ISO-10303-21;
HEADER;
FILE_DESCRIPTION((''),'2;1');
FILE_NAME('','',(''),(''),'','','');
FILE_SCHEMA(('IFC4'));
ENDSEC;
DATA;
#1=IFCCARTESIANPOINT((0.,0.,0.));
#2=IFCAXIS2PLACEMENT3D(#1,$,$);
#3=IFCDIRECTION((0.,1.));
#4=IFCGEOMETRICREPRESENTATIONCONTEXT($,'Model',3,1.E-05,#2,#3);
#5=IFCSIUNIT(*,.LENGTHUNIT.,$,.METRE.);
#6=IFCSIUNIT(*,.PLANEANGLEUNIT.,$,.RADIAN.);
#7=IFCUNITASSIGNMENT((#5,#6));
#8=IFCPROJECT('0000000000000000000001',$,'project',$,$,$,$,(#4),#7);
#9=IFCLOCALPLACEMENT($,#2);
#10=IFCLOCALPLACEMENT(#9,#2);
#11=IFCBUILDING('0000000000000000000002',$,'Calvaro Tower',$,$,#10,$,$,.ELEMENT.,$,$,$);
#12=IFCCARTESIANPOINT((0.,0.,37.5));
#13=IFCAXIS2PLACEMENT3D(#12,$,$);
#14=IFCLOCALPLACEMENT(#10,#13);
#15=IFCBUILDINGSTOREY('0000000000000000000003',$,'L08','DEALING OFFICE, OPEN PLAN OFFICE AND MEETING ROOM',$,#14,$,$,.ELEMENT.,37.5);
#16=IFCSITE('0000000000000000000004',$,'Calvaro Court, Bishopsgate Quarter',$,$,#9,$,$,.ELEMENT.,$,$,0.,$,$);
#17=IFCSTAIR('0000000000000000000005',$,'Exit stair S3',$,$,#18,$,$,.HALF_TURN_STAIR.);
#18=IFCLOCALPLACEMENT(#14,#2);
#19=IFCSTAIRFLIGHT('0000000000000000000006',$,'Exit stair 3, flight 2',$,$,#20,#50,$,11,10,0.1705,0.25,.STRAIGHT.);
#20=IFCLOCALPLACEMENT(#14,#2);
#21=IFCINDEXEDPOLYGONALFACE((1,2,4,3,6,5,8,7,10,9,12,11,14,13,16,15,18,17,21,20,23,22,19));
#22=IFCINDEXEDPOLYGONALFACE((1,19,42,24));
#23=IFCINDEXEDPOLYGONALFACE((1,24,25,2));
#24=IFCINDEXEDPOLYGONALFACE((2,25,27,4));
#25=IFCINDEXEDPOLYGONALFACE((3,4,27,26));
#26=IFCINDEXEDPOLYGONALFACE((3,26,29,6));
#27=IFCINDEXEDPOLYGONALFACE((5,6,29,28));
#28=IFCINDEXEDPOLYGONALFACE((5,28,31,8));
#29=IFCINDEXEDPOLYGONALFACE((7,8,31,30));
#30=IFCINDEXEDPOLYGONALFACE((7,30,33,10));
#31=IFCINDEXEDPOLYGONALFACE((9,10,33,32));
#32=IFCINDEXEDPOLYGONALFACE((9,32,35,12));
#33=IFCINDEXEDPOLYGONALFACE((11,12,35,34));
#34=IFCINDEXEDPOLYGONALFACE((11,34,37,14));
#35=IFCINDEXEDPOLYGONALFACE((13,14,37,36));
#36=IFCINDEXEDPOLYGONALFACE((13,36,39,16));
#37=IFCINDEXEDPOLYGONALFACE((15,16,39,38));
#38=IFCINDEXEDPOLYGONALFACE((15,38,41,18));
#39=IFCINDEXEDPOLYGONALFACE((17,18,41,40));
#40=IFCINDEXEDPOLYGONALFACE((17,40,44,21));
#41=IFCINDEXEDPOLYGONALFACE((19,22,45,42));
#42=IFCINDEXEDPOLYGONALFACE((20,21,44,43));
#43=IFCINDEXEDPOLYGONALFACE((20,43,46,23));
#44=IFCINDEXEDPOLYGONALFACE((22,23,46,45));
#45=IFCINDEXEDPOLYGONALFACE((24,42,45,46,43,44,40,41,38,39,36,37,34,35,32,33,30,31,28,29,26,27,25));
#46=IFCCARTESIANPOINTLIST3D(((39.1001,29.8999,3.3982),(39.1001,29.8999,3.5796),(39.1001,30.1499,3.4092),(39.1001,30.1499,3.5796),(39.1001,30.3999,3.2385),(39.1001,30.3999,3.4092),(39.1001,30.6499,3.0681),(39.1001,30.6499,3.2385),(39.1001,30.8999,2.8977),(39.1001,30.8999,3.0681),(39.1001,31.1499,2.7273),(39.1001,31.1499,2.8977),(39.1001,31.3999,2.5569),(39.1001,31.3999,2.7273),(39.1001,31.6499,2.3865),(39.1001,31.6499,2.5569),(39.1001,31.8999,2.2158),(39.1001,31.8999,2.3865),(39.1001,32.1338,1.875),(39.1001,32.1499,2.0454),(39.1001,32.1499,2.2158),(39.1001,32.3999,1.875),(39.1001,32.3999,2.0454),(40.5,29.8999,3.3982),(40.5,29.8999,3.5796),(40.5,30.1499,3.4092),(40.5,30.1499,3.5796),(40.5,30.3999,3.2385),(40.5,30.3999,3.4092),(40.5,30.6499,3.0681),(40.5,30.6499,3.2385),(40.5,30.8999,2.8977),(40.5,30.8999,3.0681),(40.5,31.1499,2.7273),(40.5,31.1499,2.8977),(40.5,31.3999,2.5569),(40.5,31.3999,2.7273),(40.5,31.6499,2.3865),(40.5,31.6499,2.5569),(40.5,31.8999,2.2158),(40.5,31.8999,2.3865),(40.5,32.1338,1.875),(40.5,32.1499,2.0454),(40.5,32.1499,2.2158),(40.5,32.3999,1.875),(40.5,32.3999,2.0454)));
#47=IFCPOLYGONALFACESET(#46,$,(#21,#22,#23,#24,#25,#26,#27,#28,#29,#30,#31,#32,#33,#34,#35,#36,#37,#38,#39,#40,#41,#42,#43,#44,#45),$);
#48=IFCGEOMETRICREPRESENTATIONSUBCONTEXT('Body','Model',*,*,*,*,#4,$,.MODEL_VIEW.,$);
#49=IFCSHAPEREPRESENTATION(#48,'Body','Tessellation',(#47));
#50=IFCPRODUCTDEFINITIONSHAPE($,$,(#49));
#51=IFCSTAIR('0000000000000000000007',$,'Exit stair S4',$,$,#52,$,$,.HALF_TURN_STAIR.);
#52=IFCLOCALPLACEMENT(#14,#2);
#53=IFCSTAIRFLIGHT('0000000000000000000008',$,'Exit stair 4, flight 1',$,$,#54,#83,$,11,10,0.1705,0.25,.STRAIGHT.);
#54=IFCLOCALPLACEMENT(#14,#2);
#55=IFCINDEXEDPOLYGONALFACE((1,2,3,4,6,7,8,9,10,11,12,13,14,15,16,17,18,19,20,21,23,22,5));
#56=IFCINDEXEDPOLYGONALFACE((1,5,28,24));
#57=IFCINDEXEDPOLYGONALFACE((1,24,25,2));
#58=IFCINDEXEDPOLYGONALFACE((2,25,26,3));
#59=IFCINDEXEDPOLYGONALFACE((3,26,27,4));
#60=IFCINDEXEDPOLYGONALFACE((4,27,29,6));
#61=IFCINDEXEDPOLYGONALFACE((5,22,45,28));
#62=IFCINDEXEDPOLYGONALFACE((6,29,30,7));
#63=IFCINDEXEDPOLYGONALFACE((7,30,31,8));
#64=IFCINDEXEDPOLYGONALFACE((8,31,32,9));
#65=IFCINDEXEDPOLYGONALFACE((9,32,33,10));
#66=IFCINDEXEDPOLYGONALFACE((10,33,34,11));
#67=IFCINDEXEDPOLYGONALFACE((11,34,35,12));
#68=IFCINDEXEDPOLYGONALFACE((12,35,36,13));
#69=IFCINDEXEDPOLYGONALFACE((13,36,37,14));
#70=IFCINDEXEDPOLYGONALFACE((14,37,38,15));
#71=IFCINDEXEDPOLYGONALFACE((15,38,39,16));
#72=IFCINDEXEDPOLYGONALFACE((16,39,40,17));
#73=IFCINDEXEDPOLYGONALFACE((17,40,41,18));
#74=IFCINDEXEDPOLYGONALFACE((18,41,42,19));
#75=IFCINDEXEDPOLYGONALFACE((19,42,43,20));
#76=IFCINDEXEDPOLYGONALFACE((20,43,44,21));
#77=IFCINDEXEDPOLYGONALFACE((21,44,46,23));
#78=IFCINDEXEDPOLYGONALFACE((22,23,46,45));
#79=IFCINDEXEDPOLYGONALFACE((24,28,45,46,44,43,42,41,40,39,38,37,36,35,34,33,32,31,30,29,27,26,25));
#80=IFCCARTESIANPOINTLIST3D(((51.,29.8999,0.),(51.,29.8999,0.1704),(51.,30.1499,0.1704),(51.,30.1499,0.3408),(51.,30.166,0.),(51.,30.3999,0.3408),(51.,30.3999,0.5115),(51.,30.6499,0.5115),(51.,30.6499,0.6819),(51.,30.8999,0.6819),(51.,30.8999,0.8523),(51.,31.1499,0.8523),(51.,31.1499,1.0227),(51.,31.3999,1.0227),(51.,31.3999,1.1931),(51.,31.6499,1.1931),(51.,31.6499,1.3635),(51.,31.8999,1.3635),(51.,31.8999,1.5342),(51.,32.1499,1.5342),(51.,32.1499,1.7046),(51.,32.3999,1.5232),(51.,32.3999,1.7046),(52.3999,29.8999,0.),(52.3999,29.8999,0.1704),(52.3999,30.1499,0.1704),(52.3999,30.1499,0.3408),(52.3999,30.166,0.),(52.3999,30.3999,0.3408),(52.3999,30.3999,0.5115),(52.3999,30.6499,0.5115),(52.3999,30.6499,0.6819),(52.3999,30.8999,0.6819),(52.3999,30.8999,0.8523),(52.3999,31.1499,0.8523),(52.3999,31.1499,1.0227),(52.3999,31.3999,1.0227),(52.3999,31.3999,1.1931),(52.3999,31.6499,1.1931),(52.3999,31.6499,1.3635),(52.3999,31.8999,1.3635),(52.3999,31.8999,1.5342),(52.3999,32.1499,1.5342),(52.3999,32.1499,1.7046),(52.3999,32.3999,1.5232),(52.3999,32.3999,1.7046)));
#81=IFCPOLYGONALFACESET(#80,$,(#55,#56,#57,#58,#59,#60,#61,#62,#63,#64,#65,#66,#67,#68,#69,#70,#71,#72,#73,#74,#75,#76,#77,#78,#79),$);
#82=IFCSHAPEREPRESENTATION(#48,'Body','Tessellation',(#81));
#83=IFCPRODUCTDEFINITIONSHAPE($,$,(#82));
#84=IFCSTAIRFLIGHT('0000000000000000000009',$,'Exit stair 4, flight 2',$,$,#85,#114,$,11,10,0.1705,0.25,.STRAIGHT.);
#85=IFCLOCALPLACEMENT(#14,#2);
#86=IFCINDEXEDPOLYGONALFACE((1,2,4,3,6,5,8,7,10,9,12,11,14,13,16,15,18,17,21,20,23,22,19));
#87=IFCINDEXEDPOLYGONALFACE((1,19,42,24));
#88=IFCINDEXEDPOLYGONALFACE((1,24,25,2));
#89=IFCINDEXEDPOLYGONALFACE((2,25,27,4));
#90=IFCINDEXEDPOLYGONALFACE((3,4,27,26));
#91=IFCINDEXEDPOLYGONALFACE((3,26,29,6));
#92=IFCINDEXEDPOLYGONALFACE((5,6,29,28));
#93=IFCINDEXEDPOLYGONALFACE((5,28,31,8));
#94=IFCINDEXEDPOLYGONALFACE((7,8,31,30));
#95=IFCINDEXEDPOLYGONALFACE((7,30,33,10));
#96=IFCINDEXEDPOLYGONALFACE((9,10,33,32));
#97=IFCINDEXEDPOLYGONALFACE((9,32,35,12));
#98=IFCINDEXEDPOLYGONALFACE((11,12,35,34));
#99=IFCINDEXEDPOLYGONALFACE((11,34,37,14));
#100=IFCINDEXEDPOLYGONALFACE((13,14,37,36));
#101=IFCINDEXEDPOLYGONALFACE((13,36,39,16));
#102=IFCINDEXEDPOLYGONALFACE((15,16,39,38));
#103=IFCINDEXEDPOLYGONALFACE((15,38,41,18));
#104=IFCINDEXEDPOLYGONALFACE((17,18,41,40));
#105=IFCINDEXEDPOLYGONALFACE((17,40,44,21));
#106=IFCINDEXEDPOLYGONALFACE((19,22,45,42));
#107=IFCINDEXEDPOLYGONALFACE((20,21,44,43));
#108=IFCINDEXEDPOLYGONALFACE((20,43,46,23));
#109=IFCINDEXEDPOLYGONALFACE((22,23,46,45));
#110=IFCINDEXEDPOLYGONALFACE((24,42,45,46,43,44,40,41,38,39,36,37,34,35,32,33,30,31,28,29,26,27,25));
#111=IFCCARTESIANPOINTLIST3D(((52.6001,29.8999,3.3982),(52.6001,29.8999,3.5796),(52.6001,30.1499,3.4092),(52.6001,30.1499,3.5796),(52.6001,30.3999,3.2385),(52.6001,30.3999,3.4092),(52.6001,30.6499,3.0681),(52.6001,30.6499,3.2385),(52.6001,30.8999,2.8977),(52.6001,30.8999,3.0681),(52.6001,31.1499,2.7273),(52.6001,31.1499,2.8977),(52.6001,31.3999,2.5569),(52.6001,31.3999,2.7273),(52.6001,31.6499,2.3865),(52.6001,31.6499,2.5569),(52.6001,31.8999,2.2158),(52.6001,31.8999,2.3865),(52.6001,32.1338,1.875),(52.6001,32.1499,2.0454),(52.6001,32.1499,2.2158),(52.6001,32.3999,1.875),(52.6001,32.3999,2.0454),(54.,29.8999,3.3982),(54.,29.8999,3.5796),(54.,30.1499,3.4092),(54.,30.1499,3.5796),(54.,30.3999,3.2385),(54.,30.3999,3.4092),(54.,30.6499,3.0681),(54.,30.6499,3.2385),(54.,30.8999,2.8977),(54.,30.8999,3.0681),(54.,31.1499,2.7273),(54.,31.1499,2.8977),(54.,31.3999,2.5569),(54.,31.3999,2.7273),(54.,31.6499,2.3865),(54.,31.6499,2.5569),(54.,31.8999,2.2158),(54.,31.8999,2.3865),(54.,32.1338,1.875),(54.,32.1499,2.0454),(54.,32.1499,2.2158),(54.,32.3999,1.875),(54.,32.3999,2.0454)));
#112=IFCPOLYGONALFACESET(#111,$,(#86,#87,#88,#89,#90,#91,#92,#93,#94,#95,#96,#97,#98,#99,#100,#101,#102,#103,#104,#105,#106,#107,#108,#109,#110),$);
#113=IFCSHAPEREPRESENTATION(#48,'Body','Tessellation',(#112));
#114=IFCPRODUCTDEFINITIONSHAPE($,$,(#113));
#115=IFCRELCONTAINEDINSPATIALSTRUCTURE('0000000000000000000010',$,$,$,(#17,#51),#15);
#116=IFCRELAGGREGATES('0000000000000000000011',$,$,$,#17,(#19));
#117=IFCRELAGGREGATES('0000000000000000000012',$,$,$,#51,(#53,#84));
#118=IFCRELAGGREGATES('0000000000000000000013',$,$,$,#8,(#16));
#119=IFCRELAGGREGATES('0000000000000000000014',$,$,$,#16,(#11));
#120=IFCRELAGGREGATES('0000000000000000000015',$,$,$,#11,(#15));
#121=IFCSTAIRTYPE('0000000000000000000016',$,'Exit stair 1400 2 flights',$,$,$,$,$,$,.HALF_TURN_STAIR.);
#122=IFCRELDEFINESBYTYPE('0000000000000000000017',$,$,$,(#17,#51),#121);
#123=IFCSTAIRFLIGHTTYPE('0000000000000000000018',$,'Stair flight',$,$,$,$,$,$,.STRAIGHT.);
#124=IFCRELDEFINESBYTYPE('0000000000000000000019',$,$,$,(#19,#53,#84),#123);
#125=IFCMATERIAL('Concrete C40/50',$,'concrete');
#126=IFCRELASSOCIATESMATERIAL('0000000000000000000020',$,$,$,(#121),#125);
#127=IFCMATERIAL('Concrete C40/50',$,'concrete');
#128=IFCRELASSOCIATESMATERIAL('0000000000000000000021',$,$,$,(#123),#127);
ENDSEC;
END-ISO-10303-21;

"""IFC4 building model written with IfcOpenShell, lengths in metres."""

from ifc_helpers import new_model, si_unit, direction, frame, origin, place, context, subcontext, project, spatial, polyline, outline, extrude, material, type_object, element, aggregate, save


model = new_model("IFC4")

# Units and contexts
model_context = context("Model", 3, precision=1e-05, world=origin(), true_north=direction((0.0, 1.0)))
body_context = subcontext(model_context, "Body", "Model", "MODEL_VIEW")
ifc_project = project(units=[si_unit("LENGTHUNIT", "METRE"), si_unit("PLANEANGLEUNIT", "RADIAN")], contexts=[model_context])

# Site, building, storey
site_placement = place(None, origin())
site = spatial("IfcSite", under=ifc_project, at=site_placement, Name="Calvaro Court, Bishopsgate Quarter", CompositionType="ELEMENT", RefElevation=0.0)
building_placement = place(site_placement, origin())
building = spatial("IfcBuilding", under=site, at=building_placement, Name="Calvaro Tower", CompositionType="ELEMENT")
storey_placement = place(building_placement, frame((0.0, 0.0, 37.5)))
storey = spatial("IfcBuildingStorey", under=building, at=storey_placement, Name="L08", Description="DEALING OFFICE, OPEN PLAN OFFICE AND MEETING ROOM", CompositionType="ELEMENT", Elevation=37.5)

# Stair, stair flight
ifc_material_1 = material(Name="Concrete C40/50", Category="concrete")
stair_type = type_object("IfcStairType", Name="Exit stair 1400 2 flights", PredefinedType="HALF_TURN_STAIR", material=ifc_material_1)
stair_1_placement = place(storey_placement, origin())
stair_1 = element("IfcStair", 1, at=stair_1_placement, inside=storey, type_object=stair_type, Name="Exit stair S3", PredefinedType="HALF_TURN_STAIR")
ifc_material_2 = material(Name="Concrete C40/50", Category="concrete")
stair_flight_type = type_object("IfcStairFlightType", Name="Stair flight", PredefinedType="STRAIGHT", material=ifc_material_2)
stair_flight_1_placement = place(storey_placement, frame((39.8, 32.3999, 1.875), z_axis=(0.0, 0.0, 1.0), x_axis=(0.0, -1.0, 0.0)))
stair_flight_1 = element("IfcStairFlight", 2, at=stair_flight_1_placement, type_object=stair_flight_type, Name="Exit stair 3, flight 2", NumberOfRisers=11, NumberOfTreads=10, PredefinedType="STRAIGHT", RiserHeight=0.1705, TreadLength=0.25, context=body_context, shape_type="SweptSolid", body=[
    extrude(outline(polyline([(0.0, 0.0), (0.0, 0.1704), (0.25, 0.1704), (0.25, 0.3408), (0.5, 0.3408), (0.5, 0.5115), (0.75, 0.5115), (0.75, 0.6819), (1.0, 0.6819), (1.0, 0.8523), (1.25, 0.8523), (1.25, 1.0227), (1.5, 1.0227), (1.5, 1.1931), (1.75, 1.1931), (1.75, 1.3635), (2.0, 1.3635), (2.0, 1.5342), (2.25, 1.5342), (2.25, 1.7046), (2.5, 1.7046), (2.5, 1.875), (2.5, 1.5232), (0.2661, 0.0), (0.0, 0.0)])), frame((0.0, 0.7, 0.0), z_axis=(0.0, -1.0, 0.0), x_axis=(1.0, 0.0, 0.0)), (0.0, 0.0, 1.0), 1.3999),
])

# Stair, stair flights
stair_2_placement = place(storey_placement, origin())
stair_2 = element("IfcStair", 3, at=stair_2_placement, inside=storey, type_object=stair_type, Name="Exit stair S4", PredefinedType="HALF_TURN_STAIR")
stair_flight_2_placement = place(storey_placement, frame((51.7, 29.8999, 0.0), z_axis=(0.0, 0.0, 1.0), x_axis=(0.0, 1.0, 0.0)))
stair_flight_2 = element("IfcStairFlight", 4, at=stair_flight_2_placement, type_object=stair_flight_type, Name="Exit stair 4, flight 1", NumberOfRisers=11, NumberOfTreads=10, PredefinedType="STRAIGHT", RiserHeight=0.1705, TreadLength=0.25, context=body_context, shape_type="SweptSolid", body=[
    extrude(outline(polyline([(0.0, 0.0), (0.0, 0.1704), (0.25, 0.1704), (0.25, 0.3408), (0.5, 0.3408), (0.5, 0.5115), (0.75, 0.5115), (0.75, 0.6819), (1.0, 0.6819), (1.0, 0.8523), (1.25, 0.8523), (1.25, 1.0227), (1.5, 1.0227), (1.5, 1.1931), (1.75, 1.1931), (1.75, 1.3635), (2.0, 1.3635), (2.0, 1.5342), (2.25, 1.5342), (2.25, 1.7046), (2.5, 1.7046), (2.5, 1.875), (2.5, 1.5232), (0.2661, 0.0), (0.0, 0.0)])), frame((0.0, 0.7, 0.0), z_axis=(0.0, -1.0, 0.0), x_axis=(1.0, 0.0, 0.0)), (0.0, 0.0, 1.0), 1.3999),
])
stair_flight_3_placement = place(storey_placement, frame((53.3, 32.3999, 1.875), z_axis=(0.0, 0.0, 1.0), x_axis=(0.0, -1.0, 0.0)))
stair_flight_3 = element("IfcStairFlight", 5, at=stair_flight_3_placement, type_object=stair_flight_type, Name="Exit stair 4, flight 2", NumberOfRisers=11, NumberOfTreads=10, PredefinedType="STRAIGHT", RiserHeight=0.1705, TreadLength=0.25, context=body_context, shape_type="SweptSolid", body=[
    extrude(outline(polyline([(0.0, 0.0), (0.0, 0.1704), (0.25, 0.1704), (0.25, 0.3408), (0.5, 0.3408), (0.5, 0.5115), (0.75, 0.5115), (0.75, 0.6819), (1.0, 0.6819), (1.0, 0.8523), (1.25, 0.8523), (1.25, 1.0227), (1.5, 1.0227), (1.5, 1.1931), (1.75, 1.1931), (1.75, 1.3635), (2.0, 1.3635), (2.0, 1.5342), (2.25, 1.5342), (2.25, 1.7046), (2.5, 1.7046), (2.5, 1.875), (2.5, 1.5232), (0.2661, 0.0), (0.0, 0.0)])), frame((0.0, 0.7, 0.0), z_axis=(0.0, -1.0, 0.0), x_axis=(1.0, 0.0, 0.0)), (0.0, 0.0, 1.0), 1.3999),
])

aggregate(stair_1, [stair_flight_1])
aggregate(stair_2, [stair_flight_2, stair_flight_3])

save(model, "model.ifc")
